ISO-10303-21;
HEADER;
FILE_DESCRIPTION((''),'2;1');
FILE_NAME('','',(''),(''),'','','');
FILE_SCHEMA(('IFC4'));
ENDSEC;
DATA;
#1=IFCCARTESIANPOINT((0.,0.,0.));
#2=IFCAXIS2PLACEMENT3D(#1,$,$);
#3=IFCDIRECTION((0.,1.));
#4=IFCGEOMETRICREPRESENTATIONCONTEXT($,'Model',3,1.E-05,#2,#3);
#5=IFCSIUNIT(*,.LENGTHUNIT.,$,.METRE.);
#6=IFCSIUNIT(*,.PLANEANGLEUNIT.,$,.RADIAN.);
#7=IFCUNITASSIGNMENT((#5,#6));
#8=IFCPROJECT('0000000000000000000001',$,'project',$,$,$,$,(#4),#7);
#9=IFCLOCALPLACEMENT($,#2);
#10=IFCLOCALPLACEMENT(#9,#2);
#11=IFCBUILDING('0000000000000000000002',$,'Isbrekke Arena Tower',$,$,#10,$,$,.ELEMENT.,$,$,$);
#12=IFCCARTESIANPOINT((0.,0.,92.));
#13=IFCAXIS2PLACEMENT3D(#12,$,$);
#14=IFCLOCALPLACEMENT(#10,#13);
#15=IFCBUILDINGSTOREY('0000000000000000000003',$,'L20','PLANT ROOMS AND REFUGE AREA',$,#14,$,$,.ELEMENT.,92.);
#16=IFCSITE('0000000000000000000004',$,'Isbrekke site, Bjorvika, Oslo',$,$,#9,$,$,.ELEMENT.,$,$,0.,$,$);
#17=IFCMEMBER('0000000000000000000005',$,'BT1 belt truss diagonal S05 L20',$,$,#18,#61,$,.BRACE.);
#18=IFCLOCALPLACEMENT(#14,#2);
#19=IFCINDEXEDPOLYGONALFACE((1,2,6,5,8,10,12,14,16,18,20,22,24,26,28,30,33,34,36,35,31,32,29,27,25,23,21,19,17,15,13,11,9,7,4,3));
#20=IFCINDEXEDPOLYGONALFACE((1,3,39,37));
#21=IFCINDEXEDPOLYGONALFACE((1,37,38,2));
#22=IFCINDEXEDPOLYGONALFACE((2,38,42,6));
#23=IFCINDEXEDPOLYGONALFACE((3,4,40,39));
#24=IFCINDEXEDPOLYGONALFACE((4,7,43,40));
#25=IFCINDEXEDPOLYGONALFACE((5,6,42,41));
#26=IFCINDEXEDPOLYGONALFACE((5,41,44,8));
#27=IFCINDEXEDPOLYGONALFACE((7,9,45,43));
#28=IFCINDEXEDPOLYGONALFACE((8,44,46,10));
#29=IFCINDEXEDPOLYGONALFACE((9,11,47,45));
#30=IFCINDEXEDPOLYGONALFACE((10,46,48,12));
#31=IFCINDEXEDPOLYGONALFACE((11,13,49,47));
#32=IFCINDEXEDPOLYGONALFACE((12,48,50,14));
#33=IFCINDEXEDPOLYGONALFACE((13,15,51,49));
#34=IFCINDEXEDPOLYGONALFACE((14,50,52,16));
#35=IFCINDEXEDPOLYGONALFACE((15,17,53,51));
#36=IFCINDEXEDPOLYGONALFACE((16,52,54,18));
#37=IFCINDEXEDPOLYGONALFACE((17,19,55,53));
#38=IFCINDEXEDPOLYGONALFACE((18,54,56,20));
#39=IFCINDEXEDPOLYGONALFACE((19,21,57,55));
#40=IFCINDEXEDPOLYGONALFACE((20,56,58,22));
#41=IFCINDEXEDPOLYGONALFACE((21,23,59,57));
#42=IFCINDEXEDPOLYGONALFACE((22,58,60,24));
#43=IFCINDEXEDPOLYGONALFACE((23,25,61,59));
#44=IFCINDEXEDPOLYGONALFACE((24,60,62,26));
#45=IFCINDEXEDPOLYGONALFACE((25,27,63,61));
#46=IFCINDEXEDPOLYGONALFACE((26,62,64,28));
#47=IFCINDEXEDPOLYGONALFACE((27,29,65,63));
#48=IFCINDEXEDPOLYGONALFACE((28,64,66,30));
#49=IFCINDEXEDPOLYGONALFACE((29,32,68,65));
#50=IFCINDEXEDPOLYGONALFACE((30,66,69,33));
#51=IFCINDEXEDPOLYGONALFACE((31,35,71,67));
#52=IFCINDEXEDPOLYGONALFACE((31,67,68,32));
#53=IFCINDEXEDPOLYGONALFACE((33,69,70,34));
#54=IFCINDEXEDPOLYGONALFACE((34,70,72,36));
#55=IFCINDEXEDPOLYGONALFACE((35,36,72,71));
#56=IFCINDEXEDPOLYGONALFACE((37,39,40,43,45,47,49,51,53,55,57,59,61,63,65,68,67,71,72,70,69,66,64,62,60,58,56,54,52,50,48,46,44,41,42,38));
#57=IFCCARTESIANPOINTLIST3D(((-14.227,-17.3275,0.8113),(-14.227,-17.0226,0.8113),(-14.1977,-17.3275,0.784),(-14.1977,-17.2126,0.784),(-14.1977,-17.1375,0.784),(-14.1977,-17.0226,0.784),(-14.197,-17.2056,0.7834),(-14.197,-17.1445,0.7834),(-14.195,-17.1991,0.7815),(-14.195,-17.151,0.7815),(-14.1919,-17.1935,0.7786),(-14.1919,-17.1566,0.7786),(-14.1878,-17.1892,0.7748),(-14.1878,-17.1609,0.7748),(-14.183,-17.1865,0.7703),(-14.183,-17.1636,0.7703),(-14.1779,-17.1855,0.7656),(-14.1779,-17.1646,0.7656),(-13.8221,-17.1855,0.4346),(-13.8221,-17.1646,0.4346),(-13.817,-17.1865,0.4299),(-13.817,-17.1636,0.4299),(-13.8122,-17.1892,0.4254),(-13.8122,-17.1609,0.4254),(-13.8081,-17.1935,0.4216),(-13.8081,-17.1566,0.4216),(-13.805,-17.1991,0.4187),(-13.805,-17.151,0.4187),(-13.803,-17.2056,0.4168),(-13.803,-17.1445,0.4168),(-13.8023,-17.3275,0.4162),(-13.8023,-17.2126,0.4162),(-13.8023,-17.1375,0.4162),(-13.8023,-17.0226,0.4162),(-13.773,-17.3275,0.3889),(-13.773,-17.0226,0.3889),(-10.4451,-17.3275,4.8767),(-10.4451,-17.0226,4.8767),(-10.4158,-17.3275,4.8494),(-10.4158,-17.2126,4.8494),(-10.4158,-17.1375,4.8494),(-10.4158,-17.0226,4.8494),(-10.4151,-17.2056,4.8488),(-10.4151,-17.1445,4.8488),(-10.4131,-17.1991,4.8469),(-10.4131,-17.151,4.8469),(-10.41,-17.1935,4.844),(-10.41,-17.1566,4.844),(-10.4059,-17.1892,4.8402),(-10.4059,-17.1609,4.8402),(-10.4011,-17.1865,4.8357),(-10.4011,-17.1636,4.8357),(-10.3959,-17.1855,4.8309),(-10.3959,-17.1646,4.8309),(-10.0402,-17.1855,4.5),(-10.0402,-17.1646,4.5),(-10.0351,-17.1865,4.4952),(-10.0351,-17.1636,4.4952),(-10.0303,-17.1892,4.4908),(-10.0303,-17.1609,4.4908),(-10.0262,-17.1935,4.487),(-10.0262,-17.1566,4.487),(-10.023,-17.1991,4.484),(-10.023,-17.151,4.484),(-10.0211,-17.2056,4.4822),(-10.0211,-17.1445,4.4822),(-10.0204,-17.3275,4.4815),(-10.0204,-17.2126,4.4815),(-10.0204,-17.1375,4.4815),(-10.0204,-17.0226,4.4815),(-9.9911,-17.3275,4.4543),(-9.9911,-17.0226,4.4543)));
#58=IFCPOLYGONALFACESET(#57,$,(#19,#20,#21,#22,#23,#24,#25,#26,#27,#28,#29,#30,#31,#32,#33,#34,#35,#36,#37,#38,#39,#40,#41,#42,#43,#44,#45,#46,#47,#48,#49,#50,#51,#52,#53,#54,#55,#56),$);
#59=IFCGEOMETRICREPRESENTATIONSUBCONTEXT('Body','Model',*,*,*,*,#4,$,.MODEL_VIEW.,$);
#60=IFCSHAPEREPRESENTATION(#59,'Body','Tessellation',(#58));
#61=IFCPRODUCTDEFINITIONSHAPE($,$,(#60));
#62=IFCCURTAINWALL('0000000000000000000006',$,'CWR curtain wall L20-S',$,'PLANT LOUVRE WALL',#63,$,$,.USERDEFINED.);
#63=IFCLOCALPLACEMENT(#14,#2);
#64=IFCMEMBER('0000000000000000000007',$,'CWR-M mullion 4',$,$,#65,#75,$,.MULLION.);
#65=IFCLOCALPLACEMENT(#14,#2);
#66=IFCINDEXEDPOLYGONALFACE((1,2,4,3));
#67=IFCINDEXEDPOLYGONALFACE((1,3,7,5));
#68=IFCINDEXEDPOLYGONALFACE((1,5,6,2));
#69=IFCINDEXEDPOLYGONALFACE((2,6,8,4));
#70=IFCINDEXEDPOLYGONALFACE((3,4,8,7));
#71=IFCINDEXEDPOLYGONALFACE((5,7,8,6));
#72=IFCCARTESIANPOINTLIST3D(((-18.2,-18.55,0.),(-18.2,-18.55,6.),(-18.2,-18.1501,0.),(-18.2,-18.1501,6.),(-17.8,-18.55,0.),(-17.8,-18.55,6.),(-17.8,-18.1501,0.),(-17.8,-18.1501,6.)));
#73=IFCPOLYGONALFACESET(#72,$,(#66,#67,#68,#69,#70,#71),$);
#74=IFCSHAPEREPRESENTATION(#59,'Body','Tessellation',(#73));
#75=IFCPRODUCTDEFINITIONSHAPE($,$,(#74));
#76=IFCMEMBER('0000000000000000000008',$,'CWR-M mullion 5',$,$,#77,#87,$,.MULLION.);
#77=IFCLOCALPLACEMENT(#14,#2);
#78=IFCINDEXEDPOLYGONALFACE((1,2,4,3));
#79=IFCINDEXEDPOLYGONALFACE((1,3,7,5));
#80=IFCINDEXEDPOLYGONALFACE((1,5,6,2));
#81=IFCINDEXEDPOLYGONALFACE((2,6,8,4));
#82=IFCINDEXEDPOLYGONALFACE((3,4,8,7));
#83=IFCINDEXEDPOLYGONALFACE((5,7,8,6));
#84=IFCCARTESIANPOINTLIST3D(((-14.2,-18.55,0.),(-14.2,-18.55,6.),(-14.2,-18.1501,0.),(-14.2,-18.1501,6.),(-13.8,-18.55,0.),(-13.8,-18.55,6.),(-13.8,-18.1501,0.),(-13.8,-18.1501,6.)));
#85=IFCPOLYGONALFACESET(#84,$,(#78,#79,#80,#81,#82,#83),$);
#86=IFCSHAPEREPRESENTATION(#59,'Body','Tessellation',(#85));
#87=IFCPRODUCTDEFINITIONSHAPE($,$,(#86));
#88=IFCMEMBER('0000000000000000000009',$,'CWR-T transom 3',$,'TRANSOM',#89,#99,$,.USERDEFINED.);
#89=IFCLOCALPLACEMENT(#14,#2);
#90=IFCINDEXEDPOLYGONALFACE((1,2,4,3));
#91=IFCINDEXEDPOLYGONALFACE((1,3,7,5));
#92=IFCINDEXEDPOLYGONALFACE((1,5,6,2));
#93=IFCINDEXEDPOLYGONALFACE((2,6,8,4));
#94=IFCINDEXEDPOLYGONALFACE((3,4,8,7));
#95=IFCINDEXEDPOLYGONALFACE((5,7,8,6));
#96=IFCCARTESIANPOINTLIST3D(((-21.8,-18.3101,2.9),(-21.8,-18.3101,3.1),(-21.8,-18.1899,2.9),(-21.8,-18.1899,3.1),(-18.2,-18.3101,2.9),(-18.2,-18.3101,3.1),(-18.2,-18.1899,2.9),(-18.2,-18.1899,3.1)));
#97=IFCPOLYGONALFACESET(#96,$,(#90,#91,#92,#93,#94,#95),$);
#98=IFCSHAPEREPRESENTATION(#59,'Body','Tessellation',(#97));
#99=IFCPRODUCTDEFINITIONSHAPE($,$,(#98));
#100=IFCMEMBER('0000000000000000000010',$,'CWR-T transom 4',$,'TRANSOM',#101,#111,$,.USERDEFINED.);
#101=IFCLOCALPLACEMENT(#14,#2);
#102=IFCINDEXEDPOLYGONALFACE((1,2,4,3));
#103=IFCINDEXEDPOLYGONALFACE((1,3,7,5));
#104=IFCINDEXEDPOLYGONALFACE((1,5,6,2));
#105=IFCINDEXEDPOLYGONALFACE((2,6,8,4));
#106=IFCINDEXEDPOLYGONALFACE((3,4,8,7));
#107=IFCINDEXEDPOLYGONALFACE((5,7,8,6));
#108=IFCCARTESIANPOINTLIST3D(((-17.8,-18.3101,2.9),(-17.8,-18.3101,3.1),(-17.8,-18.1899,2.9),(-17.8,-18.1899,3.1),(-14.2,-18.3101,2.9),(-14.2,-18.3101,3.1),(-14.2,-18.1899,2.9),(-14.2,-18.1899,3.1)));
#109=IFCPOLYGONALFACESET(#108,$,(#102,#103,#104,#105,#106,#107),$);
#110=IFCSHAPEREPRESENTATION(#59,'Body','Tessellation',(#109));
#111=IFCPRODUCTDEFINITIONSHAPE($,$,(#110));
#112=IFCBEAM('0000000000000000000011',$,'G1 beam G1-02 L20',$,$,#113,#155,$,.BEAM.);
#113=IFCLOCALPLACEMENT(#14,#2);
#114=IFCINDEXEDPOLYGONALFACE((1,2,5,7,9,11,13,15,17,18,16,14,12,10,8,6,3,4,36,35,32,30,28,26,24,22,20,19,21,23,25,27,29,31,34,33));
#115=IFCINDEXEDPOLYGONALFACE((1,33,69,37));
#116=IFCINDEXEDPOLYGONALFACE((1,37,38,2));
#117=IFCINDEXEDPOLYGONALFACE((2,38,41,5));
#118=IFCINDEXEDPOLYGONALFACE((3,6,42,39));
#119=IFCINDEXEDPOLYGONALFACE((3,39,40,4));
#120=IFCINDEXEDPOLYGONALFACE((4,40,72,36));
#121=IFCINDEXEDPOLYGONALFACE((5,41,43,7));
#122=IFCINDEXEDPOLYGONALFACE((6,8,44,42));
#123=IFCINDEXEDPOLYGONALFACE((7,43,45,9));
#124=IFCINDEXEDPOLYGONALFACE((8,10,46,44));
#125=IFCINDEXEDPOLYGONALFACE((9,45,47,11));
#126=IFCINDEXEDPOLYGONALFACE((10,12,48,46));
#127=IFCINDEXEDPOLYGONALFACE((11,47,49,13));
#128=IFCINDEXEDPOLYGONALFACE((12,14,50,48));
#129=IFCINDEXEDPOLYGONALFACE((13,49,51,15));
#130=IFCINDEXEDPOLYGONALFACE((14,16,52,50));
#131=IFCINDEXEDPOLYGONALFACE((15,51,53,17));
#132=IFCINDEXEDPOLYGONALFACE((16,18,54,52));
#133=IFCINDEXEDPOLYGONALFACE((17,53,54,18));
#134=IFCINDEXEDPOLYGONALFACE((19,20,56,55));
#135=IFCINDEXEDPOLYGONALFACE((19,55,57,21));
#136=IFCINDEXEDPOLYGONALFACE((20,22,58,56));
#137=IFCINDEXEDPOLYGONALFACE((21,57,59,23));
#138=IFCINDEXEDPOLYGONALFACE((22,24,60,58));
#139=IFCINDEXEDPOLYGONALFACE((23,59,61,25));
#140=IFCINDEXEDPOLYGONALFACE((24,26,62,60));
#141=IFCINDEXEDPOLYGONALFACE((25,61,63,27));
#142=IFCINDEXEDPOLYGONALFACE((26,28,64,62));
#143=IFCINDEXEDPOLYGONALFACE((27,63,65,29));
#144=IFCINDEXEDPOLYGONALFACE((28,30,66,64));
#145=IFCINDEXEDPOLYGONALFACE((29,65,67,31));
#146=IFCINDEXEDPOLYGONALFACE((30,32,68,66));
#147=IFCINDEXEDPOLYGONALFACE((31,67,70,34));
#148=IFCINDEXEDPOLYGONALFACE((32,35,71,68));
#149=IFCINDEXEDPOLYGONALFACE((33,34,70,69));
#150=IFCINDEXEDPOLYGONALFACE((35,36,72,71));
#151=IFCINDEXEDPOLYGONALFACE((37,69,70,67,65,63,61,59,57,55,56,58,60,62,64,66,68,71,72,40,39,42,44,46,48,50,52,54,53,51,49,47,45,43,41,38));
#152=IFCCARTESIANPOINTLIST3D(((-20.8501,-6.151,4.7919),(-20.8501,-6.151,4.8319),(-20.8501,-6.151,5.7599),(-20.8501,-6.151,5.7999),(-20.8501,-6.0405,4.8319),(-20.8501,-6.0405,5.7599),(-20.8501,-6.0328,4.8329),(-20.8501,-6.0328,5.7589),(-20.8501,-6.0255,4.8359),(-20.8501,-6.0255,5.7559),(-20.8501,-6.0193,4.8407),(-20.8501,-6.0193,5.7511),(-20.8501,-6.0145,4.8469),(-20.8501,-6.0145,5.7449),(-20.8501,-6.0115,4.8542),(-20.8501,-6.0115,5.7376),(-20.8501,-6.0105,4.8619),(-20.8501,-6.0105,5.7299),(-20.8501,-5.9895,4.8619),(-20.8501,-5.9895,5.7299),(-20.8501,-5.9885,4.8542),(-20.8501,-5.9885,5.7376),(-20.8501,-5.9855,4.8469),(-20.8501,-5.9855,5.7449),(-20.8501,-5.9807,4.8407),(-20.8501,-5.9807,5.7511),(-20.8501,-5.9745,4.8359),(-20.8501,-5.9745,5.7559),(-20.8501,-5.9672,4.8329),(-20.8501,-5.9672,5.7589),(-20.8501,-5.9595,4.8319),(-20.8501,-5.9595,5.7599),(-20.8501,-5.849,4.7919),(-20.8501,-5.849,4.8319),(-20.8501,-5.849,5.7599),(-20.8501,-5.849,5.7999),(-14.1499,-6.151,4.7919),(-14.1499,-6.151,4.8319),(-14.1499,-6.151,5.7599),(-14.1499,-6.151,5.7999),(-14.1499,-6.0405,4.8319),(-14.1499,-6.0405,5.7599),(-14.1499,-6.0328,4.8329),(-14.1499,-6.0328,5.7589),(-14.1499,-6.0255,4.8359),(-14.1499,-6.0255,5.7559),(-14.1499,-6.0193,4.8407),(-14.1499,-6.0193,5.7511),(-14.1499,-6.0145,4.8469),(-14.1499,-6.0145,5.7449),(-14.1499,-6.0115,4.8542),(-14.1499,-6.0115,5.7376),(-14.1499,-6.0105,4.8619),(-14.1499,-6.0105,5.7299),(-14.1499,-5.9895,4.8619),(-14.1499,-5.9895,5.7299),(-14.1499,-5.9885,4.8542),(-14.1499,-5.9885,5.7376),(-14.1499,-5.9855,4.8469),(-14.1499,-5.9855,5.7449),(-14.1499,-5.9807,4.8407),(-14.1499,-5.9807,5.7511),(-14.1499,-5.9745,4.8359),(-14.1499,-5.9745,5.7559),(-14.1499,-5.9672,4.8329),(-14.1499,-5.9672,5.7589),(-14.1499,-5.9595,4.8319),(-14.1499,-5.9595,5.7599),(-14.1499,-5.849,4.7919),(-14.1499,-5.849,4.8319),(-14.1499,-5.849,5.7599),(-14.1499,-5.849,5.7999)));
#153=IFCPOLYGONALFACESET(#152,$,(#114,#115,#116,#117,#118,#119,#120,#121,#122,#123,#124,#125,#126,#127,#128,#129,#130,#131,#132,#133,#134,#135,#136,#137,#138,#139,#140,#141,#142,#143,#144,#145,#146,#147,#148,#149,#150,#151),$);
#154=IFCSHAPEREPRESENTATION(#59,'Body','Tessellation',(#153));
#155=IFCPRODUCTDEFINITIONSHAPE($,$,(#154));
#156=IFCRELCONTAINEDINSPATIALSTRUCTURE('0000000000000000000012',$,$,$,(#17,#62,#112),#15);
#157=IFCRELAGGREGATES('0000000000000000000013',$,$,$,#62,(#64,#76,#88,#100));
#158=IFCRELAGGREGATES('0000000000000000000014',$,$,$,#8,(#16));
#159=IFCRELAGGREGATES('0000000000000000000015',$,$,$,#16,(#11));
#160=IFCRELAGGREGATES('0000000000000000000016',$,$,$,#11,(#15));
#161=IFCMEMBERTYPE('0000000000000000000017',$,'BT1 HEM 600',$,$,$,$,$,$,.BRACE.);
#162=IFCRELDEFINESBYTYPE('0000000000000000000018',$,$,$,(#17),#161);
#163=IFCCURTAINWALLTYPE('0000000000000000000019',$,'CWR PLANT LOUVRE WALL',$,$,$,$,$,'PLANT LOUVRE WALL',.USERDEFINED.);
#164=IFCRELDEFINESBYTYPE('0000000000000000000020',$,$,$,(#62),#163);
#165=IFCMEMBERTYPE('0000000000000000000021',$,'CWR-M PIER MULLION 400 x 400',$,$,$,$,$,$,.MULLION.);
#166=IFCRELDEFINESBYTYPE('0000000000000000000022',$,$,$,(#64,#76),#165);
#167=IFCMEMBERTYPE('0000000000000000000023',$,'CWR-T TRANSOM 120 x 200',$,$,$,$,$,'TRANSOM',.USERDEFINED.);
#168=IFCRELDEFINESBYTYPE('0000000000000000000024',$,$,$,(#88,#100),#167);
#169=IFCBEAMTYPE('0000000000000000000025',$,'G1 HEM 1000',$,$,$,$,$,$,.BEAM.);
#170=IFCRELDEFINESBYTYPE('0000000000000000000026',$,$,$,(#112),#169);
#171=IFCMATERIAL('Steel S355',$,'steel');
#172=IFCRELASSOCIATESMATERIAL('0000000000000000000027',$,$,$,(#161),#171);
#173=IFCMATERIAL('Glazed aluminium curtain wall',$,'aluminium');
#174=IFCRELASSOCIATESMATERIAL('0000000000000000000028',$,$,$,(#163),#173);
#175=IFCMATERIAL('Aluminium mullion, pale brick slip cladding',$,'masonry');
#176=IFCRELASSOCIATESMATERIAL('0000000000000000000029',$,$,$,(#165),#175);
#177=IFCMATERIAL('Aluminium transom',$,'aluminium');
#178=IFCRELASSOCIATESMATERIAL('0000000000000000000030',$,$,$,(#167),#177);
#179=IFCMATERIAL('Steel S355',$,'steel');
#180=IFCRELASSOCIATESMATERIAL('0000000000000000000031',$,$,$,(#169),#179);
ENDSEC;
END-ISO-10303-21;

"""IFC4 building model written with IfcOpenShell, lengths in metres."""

from ifc_helpers import new_model, si_unit, direction, frame, origin, origin_2d, place, context, subcontext, project, spatial, rectangle, i_section, extrude, material, material_profile, profile_set, type_object, element, aggregate, save


model = new_model("IFC4")

# Units and contexts
model_context = context("Model", 3, precision=1e-05, world=origin(), true_north=direction((0.0, 1.0)))
body_context = subcontext(model_context, "Body", "Model", "MODEL_VIEW")
ifc_project = project(units=[si_unit("LENGTHUNIT", "METRE"), si_unit("PLANEANGLEUNIT", "RADIAN")], contexts=[model_context])

# Site, building, storey
site_placement = place(None, origin())
site = spatial("IfcSite", under=ifc_project, at=site_placement, Name="Isbrekke site, Bjorvika, Oslo", CompositionType="ELEMENT", RefElevation=0.0)
building_placement = place(site_placement, origin())
building = spatial("IfcBuilding", under=site, at=building_placement, Name="Isbrekke Arena Tower", CompositionType="ELEMENT")
storey_placement = place(building_placement, frame((0.0, 0.0, 92.0)))
storey = spatial("IfcBuildingStorey", under=building, at=storey_placement, Name="L20", Description="PLANT ROOMS AND REFUGE AREA", CompositionType="ELEMENT", Elevation=92.0)

# Member
ifc_material_1 = material(Name="Steel S355", Category="steel")
ifc_material_profile_1 = material_profile(ifc_material_1, i_section(OverallWidth=0.3049, OverallDepth=0.6201, WebThickness=0.021, FlangeThickness=0.04, FilletRadius=0.0271, at=origin_2d()), Name="HEM 600")
ifc_profile_set_1 = profile_set([ifc_material_profile_1], Name="Steel S355")
member_type_1 = type_object("IfcMemberType", Name="BT1 HEM 600", PredefinedType="BRACE", material=ifc_profile_set_1)
for number, where, z_axis, x_axis, name in (
    (1, (-14.0, -17.175, 0.6001), (0.681122, 0.0, 0.73217), (0.0, 1.0, 0.0), "BT1 belt truss diagonal S05 L20"),
):
    element("IfcMember", number, at=place(storey_placement, frame(where, z_axis=z_axis, x_axis=x_axis)), inside=storey, type_object=member_type_1, Name=name, PredefinedType="BRACE", context=body_context, shape_type="SweptSolid", body=[
        extrude(i_section(OverallWidth=0.3049, OverallDepth=0.6201, WebThickness=0.021, FlangeThickness=0.04, FilletRadius=0.0271, at=origin_2d()), origin(), (0.0, 0.0, 1.0), 5.5525),
    ])

# Curtain wall, members
ifc_material_2 = material(Name="Glazed aluminium curtain wall", Category="aluminium")
curtain_wall_type = type_object("IfcCurtainWallType", Name="CWR PLANT LOUVRE WALL", ElementType="PLANT LOUVRE WALL", PredefinedType="USERDEFINED", material=ifc_material_2)
curtain_wall_placement = place(storey_placement, origin())
curtain_wall = element("IfcCurtainWall", 2, at=curtain_wall_placement, inside=storey, type_object=curtain_wall_type, Name="CWR curtain wall L20-S", ObjectType="PLANT LOUVRE WALL", PredefinedType="USERDEFINED")
ifc_material_3 = material(Name="Aluminium mullion, pale brick slip cladding", Category="masonry")
ifc_material_profile_2 = material_profile(ifc_material_3, rectangle(XDim=0.3999, YDim=0.3999, at=origin_2d()), Name="PIER 400X400")
ifc_profile_set_2 = profile_set([ifc_material_profile_2], Name="Aluminium mullion, pale brick slip cladding")
member_type_2 = type_object("IfcMemberType", Name="CWR-M PIER MULLION 400 x 400", PredefinedType="MULLION", material=ifc_profile_set_2)
member_1_placement = place(storey_placement, frame((-18.0, -18.3501, 0.0), z_axis=(0.0, 0.0, 1.0), x_axis=(1.0, 0.0, 0.0)))
member_1 = element("IfcMember", 3, at=member_1_placement, type_object=member_type_2, Name="CWR-M mullion 4", PredefinedType="MULLION", context=body_context, shape_type="SweptSolid", body=[
    extrude(rectangle(XDim=0.3999, YDim=0.3999, at=origin_2d()), origin(), (0.0, 0.0, 1.0), 6.0),
])
member_2_placement = place(storey_placement, frame((-14.0, -18.3501, 0.0), z_axis=(0.0, 0.0, 1.0), x_axis=(1.0, 0.0, 0.0)))
member_2 = element("IfcMember", 4, at=member_2_placement, type_object=member_type_2, Name="CWR-M mullion 5", PredefinedType="MULLION", context=body_context, shape_type="SweptSolid", body=[
    extrude(rectangle(XDim=0.3999, YDim=0.3999, at=origin_2d()), origin(), (0.0, 0.0, 1.0), 6.0),
])
ifc_material_4 = material(Name="Aluminium transom", Category="aluminium")
ifc_material_profile_3 = material_profile(ifc_material_4, rectangle(XDim=0.1201, YDim=0.2, at=origin_2d()), Name="TRANSOM 120X200")
ifc_profile_set_3 = profile_set([ifc_material_profile_3], Name="Aluminium transom")
member_type_3 = type_object("IfcMemberType", Name="CWR-T TRANSOM 120 x 200", ElementType="TRANSOM", PredefinedType="USERDEFINED", material=ifc_profile_set_3)
member_3_placement = place(storey_placement, frame((-21.8, -18.25, 3.0), z_axis=(1.0, 0.0, 0.0), x_axis=(0.0, 1.0, 0.0)))
member_3 = element("IfcMember", 5, at=member_3_placement, type_object=member_type_3, Name="CWR-T transom 3", ObjectType="TRANSOM", PredefinedType="USERDEFINED", context=body_context, shape_type="SweptSolid", body=[
    extrude(rectangle(XDim=0.1201, YDim=0.2, at=origin_2d()), origin(), (0.0, 0.0, 1.0), 3.6001),
])
member_4_placement = place(storey_placement, frame((-17.8, -18.25, 3.0), z_axis=(1.0, 0.0, 0.0), x_axis=(0.0, 1.0, 0.0)))
member_4 = element("IfcMember", 6, at=member_4_placement, type_object=member_type_3, Name="CWR-T transom 4", ObjectType="TRANSOM", PredefinedType="USERDEFINED", context=body_context, shape_type="SweptSolid", body=[
    extrude(rectangle(XDim=0.1201, YDim=0.2, at=origin_2d()), origin(), (0.0, 0.0, 1.0), 3.6001),
])

# Beam
ifc_material_5 = material(Name="Steel S355", Category="steel")
ifc_material_profile_4 = material_profile(ifc_material_5, i_section(OverallWidth=0.302, OverallDepth=1.0081, WebThickness=0.021, FlangeThickness=0.04, FilletRadius=0.03, at=origin_2d()), Name="HEM 1000")
ifc_profile_set_4 = profile_set([ifc_material_profile_4], Name="Steel S355")
beam_type_1 = type_object("IfcBeamType", Name="G1 HEM 1000", PredefinedType="BEAM", material=ifc_profile_set_4)
for number, where, z_axis, x_axis, name in (
    (7, (-20.8501, -6.0, 5.2959), (1.0, 0.0, 0.0), (0.0, 1.0, 0.0), "G1 beam G1-02 L20"),
):
    element("IfcBeam", number, at=place(storey_placement, frame(where, z_axis=z_axis, x_axis=x_axis)), inside=storey, type_object=beam_type_1, Name=name, PredefinedType="BEAM", context=body_context, shape_type="SweptSolid", body=[
        extrude(i_section(OverallWidth=0.302, OverallDepth=1.0081, WebThickness=0.021, FlangeThickness=0.04, FilletRadius=0.03, at=origin_2d()), origin(), (0.0, 0.0, 1.0), 6.7002),
    ])

aggregate(curtain_wall, [member_1, member_2, member_3, member_4])

save(model, "model.ifc")
